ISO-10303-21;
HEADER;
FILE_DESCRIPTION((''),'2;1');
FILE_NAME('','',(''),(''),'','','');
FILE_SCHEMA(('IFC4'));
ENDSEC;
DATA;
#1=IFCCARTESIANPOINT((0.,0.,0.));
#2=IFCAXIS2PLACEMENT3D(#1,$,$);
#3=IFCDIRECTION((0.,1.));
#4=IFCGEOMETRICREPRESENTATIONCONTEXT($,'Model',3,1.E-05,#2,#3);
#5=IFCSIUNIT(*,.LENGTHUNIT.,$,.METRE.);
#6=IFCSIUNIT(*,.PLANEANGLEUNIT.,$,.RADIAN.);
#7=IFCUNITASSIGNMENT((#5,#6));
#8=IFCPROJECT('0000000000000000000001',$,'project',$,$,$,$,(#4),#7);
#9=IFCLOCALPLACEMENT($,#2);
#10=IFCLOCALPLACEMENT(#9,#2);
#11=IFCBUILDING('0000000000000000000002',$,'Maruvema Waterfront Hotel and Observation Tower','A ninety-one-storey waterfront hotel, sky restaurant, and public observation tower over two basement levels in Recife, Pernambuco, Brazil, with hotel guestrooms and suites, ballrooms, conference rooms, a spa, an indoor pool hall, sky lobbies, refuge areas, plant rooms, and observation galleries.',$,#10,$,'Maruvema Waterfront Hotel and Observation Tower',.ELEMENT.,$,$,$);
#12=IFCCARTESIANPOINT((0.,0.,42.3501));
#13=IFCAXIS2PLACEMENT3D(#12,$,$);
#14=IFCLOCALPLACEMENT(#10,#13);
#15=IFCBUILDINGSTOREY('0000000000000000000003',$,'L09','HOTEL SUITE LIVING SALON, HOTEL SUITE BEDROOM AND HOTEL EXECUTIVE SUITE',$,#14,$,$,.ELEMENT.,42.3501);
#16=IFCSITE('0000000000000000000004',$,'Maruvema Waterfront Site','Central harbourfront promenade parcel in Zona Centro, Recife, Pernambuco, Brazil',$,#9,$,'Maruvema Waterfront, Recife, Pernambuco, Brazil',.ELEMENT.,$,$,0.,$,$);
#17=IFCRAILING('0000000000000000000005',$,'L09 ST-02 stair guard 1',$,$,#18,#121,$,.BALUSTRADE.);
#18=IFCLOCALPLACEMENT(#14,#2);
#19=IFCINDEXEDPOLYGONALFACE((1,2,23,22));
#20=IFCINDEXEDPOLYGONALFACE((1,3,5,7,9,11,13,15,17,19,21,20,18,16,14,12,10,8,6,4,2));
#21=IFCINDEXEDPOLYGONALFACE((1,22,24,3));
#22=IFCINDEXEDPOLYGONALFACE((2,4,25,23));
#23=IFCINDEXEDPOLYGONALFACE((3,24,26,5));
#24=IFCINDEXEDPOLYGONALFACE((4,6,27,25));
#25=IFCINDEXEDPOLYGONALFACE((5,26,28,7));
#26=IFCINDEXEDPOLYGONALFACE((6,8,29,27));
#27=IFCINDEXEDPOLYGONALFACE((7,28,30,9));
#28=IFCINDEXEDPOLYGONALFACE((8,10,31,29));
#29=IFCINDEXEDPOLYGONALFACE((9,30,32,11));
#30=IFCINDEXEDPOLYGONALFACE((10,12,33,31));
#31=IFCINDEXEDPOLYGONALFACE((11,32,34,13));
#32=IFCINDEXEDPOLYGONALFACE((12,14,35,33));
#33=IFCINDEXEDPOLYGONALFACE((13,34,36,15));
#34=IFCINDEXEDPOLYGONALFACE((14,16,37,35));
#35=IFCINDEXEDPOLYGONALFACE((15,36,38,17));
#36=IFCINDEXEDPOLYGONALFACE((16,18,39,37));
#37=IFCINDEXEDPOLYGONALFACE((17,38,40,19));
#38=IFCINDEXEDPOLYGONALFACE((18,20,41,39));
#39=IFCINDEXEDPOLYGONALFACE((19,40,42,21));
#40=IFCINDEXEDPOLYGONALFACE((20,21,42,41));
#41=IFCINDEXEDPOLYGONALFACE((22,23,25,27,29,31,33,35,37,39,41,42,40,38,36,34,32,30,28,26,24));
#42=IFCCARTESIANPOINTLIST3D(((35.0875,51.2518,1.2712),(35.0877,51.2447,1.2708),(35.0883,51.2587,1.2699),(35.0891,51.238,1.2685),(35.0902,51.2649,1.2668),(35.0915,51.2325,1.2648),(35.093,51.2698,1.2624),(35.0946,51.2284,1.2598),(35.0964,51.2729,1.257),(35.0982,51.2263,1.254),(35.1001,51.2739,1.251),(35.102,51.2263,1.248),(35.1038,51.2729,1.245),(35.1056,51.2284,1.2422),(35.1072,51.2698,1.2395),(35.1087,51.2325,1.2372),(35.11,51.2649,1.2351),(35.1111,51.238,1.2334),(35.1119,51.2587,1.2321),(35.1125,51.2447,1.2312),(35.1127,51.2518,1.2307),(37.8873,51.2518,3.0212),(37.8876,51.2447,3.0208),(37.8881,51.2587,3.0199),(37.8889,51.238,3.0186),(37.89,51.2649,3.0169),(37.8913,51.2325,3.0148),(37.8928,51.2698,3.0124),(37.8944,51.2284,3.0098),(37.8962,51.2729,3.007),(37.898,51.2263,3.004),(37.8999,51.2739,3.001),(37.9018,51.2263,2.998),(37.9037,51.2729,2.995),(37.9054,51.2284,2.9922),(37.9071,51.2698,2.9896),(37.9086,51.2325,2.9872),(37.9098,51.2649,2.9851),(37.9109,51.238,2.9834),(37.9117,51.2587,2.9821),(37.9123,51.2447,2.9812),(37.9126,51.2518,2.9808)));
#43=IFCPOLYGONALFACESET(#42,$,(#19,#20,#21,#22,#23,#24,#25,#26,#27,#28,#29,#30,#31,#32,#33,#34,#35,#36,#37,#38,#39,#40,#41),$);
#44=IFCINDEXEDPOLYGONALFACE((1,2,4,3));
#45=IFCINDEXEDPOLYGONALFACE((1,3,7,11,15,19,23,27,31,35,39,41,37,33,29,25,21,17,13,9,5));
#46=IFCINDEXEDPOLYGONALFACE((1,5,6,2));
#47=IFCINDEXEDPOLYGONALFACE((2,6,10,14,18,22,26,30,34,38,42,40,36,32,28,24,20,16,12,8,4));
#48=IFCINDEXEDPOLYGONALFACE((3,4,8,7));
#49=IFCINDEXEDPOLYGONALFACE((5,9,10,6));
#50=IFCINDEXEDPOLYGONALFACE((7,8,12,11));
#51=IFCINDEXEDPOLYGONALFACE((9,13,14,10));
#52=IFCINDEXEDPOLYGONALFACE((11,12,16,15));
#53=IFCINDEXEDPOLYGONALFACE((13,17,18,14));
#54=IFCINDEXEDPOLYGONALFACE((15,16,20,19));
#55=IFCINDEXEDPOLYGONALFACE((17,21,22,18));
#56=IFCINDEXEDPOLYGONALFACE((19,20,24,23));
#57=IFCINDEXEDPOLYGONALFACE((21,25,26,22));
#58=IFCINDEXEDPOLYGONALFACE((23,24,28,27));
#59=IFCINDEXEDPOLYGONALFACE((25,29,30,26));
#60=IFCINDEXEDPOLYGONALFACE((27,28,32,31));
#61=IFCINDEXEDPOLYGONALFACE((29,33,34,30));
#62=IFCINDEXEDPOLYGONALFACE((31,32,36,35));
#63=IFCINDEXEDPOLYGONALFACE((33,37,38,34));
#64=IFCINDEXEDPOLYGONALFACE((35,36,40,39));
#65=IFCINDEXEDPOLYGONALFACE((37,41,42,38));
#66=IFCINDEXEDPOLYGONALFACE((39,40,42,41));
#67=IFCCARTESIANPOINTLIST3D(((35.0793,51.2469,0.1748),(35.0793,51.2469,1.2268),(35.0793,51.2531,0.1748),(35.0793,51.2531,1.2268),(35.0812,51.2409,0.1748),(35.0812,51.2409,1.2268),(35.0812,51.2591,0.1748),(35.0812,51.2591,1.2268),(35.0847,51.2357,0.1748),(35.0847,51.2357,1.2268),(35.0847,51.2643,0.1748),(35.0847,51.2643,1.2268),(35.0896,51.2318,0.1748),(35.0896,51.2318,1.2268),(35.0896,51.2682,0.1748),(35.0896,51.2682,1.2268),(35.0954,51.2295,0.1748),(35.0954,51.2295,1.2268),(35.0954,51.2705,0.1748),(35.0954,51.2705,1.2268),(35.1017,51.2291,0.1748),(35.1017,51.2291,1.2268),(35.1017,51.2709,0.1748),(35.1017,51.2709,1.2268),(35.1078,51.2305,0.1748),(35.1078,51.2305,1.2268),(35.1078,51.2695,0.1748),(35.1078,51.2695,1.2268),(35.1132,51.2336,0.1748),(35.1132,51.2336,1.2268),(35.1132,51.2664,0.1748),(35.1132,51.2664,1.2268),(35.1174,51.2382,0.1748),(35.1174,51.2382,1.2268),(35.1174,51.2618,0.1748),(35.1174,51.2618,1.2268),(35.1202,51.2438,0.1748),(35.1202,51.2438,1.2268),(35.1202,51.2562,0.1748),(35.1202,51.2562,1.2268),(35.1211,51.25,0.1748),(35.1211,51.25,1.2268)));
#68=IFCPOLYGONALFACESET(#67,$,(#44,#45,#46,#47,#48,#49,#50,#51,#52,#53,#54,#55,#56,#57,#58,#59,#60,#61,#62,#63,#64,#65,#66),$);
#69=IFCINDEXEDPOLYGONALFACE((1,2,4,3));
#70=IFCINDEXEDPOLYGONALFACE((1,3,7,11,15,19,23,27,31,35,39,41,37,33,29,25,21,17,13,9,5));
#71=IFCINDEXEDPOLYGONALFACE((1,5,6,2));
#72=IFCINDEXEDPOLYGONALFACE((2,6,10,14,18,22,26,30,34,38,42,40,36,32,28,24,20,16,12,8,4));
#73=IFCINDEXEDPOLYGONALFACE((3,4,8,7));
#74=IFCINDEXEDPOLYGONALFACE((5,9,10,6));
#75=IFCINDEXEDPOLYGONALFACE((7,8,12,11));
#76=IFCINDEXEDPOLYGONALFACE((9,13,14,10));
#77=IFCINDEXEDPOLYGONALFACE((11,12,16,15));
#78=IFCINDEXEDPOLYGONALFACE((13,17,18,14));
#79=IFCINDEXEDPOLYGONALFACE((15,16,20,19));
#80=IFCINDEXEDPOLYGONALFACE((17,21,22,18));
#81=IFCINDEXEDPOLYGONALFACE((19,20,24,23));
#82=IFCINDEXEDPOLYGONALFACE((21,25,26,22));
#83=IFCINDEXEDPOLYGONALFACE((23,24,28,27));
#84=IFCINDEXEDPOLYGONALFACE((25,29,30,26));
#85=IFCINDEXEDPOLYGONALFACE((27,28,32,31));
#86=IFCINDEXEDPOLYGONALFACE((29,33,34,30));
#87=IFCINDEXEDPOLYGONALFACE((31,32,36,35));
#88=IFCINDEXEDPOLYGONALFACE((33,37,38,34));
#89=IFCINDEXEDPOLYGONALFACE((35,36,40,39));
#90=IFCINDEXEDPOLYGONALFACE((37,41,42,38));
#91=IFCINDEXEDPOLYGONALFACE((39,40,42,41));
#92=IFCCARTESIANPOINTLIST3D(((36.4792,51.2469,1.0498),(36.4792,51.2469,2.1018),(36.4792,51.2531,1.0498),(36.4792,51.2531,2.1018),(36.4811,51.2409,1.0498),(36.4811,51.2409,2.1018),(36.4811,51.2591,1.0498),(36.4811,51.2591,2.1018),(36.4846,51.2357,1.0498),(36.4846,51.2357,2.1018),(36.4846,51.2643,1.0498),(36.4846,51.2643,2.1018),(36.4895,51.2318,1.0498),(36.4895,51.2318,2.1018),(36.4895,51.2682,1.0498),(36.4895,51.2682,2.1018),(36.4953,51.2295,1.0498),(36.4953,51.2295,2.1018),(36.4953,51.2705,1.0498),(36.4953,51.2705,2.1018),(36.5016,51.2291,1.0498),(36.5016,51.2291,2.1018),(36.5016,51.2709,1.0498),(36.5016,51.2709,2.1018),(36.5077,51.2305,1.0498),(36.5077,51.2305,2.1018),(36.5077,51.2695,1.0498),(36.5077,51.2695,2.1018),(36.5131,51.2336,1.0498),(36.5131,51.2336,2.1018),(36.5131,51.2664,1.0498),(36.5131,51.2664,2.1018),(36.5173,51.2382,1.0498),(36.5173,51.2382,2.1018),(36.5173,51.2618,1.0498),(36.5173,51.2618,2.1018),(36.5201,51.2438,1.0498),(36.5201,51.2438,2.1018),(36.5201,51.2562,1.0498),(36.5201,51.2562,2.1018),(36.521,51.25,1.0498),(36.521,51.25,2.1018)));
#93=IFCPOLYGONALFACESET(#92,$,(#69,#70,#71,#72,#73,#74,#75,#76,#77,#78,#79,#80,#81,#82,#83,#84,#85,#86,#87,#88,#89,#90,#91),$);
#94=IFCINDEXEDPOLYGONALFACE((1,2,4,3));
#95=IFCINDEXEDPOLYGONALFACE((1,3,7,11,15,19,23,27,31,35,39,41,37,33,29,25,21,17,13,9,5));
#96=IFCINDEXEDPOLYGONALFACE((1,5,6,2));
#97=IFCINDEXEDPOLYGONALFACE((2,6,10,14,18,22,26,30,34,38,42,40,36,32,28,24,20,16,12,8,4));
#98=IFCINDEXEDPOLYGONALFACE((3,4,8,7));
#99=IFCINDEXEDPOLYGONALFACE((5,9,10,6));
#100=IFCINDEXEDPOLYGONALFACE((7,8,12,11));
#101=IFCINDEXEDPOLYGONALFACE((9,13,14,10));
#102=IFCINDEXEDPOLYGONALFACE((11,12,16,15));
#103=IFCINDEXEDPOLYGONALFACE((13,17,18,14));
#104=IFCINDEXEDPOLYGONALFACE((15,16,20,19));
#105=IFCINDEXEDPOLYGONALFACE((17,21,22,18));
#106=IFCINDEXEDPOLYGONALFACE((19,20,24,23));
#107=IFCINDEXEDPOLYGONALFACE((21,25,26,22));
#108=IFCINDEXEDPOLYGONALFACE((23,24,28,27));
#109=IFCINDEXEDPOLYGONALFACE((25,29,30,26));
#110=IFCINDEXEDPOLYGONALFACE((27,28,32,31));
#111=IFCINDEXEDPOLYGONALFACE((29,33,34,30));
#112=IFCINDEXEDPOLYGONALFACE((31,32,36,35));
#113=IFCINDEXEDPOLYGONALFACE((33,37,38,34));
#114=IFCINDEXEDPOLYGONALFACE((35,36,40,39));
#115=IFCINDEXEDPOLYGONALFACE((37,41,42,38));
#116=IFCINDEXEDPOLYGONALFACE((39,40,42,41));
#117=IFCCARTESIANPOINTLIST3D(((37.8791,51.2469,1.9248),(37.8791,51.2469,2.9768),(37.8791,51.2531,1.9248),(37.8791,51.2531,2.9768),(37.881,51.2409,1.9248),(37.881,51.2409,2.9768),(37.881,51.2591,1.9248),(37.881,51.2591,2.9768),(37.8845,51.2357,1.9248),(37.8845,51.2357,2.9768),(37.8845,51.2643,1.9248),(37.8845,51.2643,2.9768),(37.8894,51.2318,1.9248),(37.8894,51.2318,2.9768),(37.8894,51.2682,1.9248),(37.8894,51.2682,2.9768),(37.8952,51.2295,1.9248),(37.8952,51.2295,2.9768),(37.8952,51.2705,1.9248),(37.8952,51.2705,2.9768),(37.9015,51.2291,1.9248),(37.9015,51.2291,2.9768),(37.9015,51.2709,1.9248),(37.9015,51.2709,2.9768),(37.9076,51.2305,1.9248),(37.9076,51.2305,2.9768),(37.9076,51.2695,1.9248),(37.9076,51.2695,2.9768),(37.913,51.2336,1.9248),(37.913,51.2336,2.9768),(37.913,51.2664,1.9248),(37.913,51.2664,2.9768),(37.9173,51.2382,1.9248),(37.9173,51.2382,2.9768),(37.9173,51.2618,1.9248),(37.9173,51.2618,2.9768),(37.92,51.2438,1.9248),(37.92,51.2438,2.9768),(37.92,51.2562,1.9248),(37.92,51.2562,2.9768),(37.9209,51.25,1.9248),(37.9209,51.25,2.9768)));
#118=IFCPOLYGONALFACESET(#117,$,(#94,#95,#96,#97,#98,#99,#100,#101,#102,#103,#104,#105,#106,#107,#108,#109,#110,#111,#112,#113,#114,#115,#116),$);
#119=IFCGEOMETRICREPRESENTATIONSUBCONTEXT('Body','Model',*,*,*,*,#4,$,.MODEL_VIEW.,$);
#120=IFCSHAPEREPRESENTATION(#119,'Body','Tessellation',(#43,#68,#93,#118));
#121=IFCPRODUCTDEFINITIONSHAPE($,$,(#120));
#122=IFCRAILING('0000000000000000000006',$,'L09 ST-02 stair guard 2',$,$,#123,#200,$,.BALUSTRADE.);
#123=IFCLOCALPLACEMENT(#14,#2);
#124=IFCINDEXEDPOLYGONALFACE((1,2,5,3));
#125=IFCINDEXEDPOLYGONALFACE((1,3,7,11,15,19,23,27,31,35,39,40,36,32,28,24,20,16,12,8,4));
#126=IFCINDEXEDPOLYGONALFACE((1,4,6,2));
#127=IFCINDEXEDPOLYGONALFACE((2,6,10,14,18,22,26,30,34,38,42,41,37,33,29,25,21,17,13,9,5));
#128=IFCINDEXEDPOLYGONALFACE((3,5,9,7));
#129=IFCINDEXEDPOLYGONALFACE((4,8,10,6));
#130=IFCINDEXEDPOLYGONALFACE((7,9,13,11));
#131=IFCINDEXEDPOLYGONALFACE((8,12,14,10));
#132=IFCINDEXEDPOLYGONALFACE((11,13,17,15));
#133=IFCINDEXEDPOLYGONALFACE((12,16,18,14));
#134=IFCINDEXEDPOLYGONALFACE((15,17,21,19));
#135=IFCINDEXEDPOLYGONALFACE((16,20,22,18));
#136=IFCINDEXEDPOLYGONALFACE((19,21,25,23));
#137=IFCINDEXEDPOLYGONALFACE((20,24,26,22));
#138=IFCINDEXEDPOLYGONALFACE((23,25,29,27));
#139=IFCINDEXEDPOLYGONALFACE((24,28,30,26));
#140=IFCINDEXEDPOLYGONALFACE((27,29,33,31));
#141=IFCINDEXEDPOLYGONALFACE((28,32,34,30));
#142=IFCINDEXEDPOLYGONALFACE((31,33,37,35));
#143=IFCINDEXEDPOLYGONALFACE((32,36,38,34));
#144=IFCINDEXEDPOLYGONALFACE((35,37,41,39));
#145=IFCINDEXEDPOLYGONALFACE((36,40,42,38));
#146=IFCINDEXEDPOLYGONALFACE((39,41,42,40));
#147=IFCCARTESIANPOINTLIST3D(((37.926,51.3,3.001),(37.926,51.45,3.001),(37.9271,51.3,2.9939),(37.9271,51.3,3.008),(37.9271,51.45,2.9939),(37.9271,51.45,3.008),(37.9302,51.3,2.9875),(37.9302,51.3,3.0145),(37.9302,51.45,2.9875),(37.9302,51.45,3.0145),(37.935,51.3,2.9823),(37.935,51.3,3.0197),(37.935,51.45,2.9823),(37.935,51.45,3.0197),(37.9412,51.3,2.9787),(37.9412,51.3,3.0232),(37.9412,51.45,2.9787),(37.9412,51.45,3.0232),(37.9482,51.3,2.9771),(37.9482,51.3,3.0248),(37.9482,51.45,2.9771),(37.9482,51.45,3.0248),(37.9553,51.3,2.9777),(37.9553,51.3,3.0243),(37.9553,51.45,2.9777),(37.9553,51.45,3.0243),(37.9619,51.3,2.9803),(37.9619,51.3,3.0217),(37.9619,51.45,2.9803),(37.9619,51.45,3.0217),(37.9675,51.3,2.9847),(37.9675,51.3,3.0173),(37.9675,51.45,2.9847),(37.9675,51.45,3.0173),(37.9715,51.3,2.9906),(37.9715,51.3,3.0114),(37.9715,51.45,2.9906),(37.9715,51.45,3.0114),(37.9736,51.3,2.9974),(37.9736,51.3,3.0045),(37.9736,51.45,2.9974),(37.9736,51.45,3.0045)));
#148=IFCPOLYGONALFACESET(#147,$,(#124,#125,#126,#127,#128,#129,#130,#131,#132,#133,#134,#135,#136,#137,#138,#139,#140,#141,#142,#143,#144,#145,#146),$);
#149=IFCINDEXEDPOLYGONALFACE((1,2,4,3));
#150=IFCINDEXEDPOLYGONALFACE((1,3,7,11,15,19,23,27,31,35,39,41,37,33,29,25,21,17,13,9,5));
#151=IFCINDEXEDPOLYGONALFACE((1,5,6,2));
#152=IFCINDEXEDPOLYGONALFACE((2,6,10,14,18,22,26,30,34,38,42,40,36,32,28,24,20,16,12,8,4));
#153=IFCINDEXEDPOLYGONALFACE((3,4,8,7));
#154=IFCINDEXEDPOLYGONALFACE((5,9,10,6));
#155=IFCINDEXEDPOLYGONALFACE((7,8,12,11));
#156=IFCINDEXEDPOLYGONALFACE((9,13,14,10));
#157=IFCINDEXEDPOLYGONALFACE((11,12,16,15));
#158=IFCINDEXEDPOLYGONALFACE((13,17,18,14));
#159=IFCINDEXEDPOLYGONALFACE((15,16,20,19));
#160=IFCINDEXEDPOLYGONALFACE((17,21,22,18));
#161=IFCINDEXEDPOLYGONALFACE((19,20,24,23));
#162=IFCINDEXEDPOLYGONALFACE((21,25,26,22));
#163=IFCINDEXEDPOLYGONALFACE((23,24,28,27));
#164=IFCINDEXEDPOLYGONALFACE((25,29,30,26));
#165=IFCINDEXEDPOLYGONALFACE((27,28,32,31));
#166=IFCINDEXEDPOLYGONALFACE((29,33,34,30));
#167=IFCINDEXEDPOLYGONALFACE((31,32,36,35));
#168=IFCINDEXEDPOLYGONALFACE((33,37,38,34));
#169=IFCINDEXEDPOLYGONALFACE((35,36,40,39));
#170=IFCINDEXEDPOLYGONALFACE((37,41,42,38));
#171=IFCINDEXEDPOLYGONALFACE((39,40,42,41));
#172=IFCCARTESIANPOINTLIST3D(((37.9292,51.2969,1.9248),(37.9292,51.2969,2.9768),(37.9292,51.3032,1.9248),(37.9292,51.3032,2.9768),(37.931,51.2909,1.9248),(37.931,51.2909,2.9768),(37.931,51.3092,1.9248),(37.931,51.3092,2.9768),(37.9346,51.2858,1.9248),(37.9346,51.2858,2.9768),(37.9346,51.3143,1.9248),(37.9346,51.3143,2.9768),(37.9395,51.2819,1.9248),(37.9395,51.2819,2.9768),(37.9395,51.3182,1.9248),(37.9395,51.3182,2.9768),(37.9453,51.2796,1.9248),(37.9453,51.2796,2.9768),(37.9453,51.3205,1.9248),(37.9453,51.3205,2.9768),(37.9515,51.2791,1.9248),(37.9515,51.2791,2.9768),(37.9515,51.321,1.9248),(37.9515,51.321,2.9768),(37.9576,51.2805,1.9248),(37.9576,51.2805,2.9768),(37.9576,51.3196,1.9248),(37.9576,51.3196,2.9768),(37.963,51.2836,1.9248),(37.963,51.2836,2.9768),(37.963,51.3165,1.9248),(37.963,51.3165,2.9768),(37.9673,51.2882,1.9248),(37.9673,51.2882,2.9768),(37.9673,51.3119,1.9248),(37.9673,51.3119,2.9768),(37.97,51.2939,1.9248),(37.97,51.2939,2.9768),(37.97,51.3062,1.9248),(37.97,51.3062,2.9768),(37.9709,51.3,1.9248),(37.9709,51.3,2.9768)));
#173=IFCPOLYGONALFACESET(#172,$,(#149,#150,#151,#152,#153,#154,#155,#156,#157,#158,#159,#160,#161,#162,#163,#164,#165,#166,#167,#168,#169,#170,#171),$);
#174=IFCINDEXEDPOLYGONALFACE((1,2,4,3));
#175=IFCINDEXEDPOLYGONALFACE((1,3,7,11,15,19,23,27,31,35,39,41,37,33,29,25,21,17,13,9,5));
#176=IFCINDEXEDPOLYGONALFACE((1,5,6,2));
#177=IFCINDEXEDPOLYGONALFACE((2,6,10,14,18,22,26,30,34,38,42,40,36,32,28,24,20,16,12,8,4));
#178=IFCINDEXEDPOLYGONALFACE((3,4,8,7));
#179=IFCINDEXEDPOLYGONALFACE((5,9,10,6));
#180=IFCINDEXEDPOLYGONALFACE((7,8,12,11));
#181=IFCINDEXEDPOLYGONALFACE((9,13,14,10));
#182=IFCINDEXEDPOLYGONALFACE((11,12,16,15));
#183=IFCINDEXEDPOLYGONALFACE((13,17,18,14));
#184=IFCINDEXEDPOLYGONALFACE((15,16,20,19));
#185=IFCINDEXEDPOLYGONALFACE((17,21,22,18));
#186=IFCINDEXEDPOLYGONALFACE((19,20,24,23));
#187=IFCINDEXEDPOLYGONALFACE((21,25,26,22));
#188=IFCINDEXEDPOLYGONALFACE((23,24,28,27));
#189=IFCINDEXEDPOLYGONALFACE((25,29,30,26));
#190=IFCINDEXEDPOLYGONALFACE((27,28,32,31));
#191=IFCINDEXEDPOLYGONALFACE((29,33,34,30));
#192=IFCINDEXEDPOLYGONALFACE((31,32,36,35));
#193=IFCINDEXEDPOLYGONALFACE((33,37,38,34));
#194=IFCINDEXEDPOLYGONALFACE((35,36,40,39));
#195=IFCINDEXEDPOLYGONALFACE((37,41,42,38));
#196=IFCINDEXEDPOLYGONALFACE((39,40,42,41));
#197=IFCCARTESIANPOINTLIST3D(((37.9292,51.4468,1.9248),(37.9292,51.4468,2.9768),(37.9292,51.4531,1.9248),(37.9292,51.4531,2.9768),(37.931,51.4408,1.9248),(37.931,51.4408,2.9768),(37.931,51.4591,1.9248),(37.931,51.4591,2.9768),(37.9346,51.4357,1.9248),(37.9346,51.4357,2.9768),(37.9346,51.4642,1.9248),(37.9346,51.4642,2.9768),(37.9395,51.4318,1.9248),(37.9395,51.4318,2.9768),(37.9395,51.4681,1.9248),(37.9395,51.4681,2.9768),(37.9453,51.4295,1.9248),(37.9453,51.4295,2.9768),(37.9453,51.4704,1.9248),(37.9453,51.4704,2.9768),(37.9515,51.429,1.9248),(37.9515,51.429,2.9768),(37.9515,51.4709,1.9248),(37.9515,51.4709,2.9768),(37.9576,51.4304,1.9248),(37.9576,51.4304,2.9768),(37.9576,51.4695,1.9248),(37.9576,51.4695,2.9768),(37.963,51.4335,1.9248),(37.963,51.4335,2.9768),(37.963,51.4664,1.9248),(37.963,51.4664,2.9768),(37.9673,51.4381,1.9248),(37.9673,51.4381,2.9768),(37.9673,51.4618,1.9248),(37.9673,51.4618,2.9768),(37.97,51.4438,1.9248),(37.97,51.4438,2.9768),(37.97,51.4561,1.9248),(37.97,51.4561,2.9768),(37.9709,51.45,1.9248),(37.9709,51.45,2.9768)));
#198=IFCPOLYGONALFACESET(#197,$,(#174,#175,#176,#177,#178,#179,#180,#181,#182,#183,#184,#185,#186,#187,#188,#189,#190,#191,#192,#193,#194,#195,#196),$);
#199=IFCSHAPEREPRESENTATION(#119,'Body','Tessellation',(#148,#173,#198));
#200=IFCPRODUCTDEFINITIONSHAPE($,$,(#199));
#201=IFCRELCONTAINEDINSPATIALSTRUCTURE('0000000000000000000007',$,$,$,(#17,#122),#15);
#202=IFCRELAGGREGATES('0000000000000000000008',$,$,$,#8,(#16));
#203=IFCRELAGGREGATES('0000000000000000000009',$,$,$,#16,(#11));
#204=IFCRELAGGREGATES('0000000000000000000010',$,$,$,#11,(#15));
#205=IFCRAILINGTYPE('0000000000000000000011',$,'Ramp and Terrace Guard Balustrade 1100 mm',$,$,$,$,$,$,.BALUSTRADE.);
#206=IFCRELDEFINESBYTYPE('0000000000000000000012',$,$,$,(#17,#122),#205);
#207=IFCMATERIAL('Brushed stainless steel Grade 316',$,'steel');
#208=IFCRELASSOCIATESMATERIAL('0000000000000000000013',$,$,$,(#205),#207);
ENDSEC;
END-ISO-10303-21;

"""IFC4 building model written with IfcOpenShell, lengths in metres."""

from ifc_helpers import new_model, si_unit, direction, frame, origin, origin_2d, place, context, subcontext, project, spatial, circle, extrude, material, type_object, element, save


model = new_model("IFC4")

# Units and contexts
model_context = context("Model", 3, precision=1e-05, world=origin(), true_north=direction((0.0, 1.0)))
body_context = subcontext(model_context, "Body", "Model", "MODEL_VIEW")
ifc_project = project(units=[si_unit("LENGTHUNIT", "METRE"), si_unit("PLANEANGLEUNIT", "RADIAN")], contexts=[model_context])

# Site, building, storey
site_placement = place(None, origin())
site = spatial("IfcSite", under=ifc_project, at=site_placement, Name="Maruvema Waterfront Site", Description="Central harbourfront promenade parcel in Zona Centro, Recife, Pernambuco, Brazil", LongName="Maruvema Waterfront, Recife, Pernambuco, Brazil", CompositionType="ELEMENT", RefElevation=0.0)
building_placement = place(site_placement, origin())
building = spatial("IfcBuilding", under=site, at=building_placement, Name="Maruvema Waterfront Hotel and Observation Tower", Description="A ninety-one-storey waterfront hotel, sky restaurant, and public observation tower over two basement levels in Recife, Pernambuco, Brazil, with hotel guestrooms and suites, ballrooms, conference rooms, a spa, an indoor pool hall, sky lobbies, refuge areas, plant rooms, and observation galleries.", LongName="Maruvema Waterfront Hotel and Observation Tower", CompositionType="ELEMENT")
storey_placement = place(building_placement, frame((0.0, 0.0, 42.3501)))
storey = spatial("IfcBuildingStorey", under=building, at=storey_placement, Name="L09", Description="HOTEL SUITE LIVING SALON, HOTEL SUITE BEDROOM AND HOTEL EXECUTIVE SUITE", CompositionType="ELEMENT", Elevation=42.3501)

# Railings
ifc_material_1 = material(Name="Brushed stainless steel Grade 316", Category="steel")
railing_type_1 = type_object("IfcRailingType", Name="Ramp and Terrace Guard Balustrade 1100 mm", PredefinedType="BALUSTRADE", material=ifc_material_1)
railing_1_placement = place(storey_placement, frame((35.1001, 51.25, 0.1748)))
element("IfcRailing", 1, at=railing_1_placement, inside=storey, type_object=railing_type_1, Name="L09 ST-02 stair guard 1", PredefinedType="BALUSTRADE", context=body_context, shape_type="SweptSolid", body=[
    extrude(circle(Radius=0.0239, at=origin_2d()), frame((0.0, 0.0, 1.0762), z_axis=(0.847982, 0.0, 0.530026), x_axis=(0.0, 1.0, 0.0)), (0.0, 0.0, 1.0), 3.3018),
    extrude(circle(Radius=0.021, at=origin_2d()), origin(), (0.0, 0.0, 1.0), 1.052),
    extrude(circle(Radius=0.021, at=origin_2d()), frame((1.3999, 0.0, 0.875)), (0.0, 0.0, 1.0), 1.052),
    extrude(circle(Radius=0.021, at=origin_2d()), frame((2.7998, 0.0, 1.75)), (0.0, 0.0, 1.0), 1.052),
])
railing_2_placement = place(storey_placement, frame((37.95, 51.3, 1.9248)))
element("IfcRailing", 2, at=railing_2_placement, inside=storey, type_object=railing_type_1, Name="L09 ST-02 stair guard 2", PredefinedType="BALUSTRADE", context=body_context, shape_type="SweptSolid", body=[
    extrude(circle(Radius=0.0239, at=origin_2d()), frame((0.0, 0.0, 1.0762), z_axis=(0.0, 1.0, 0.0), x_axis=(-1.0, 0.0, 0.0)), (0.0, 0.0, 1.0), 0.1499),
    extrude(circle(Radius=0.021, at=origin_2d()), origin(), (0.0, 0.0, 1.0), 1.052),
    extrude(circle(Radius=0.021, at=origin_2d()), frame((0.0, 0.1499, 0.0)), (0.0, 0.0, 1.0), 1.052),
])

save(model, "model.ifc")
